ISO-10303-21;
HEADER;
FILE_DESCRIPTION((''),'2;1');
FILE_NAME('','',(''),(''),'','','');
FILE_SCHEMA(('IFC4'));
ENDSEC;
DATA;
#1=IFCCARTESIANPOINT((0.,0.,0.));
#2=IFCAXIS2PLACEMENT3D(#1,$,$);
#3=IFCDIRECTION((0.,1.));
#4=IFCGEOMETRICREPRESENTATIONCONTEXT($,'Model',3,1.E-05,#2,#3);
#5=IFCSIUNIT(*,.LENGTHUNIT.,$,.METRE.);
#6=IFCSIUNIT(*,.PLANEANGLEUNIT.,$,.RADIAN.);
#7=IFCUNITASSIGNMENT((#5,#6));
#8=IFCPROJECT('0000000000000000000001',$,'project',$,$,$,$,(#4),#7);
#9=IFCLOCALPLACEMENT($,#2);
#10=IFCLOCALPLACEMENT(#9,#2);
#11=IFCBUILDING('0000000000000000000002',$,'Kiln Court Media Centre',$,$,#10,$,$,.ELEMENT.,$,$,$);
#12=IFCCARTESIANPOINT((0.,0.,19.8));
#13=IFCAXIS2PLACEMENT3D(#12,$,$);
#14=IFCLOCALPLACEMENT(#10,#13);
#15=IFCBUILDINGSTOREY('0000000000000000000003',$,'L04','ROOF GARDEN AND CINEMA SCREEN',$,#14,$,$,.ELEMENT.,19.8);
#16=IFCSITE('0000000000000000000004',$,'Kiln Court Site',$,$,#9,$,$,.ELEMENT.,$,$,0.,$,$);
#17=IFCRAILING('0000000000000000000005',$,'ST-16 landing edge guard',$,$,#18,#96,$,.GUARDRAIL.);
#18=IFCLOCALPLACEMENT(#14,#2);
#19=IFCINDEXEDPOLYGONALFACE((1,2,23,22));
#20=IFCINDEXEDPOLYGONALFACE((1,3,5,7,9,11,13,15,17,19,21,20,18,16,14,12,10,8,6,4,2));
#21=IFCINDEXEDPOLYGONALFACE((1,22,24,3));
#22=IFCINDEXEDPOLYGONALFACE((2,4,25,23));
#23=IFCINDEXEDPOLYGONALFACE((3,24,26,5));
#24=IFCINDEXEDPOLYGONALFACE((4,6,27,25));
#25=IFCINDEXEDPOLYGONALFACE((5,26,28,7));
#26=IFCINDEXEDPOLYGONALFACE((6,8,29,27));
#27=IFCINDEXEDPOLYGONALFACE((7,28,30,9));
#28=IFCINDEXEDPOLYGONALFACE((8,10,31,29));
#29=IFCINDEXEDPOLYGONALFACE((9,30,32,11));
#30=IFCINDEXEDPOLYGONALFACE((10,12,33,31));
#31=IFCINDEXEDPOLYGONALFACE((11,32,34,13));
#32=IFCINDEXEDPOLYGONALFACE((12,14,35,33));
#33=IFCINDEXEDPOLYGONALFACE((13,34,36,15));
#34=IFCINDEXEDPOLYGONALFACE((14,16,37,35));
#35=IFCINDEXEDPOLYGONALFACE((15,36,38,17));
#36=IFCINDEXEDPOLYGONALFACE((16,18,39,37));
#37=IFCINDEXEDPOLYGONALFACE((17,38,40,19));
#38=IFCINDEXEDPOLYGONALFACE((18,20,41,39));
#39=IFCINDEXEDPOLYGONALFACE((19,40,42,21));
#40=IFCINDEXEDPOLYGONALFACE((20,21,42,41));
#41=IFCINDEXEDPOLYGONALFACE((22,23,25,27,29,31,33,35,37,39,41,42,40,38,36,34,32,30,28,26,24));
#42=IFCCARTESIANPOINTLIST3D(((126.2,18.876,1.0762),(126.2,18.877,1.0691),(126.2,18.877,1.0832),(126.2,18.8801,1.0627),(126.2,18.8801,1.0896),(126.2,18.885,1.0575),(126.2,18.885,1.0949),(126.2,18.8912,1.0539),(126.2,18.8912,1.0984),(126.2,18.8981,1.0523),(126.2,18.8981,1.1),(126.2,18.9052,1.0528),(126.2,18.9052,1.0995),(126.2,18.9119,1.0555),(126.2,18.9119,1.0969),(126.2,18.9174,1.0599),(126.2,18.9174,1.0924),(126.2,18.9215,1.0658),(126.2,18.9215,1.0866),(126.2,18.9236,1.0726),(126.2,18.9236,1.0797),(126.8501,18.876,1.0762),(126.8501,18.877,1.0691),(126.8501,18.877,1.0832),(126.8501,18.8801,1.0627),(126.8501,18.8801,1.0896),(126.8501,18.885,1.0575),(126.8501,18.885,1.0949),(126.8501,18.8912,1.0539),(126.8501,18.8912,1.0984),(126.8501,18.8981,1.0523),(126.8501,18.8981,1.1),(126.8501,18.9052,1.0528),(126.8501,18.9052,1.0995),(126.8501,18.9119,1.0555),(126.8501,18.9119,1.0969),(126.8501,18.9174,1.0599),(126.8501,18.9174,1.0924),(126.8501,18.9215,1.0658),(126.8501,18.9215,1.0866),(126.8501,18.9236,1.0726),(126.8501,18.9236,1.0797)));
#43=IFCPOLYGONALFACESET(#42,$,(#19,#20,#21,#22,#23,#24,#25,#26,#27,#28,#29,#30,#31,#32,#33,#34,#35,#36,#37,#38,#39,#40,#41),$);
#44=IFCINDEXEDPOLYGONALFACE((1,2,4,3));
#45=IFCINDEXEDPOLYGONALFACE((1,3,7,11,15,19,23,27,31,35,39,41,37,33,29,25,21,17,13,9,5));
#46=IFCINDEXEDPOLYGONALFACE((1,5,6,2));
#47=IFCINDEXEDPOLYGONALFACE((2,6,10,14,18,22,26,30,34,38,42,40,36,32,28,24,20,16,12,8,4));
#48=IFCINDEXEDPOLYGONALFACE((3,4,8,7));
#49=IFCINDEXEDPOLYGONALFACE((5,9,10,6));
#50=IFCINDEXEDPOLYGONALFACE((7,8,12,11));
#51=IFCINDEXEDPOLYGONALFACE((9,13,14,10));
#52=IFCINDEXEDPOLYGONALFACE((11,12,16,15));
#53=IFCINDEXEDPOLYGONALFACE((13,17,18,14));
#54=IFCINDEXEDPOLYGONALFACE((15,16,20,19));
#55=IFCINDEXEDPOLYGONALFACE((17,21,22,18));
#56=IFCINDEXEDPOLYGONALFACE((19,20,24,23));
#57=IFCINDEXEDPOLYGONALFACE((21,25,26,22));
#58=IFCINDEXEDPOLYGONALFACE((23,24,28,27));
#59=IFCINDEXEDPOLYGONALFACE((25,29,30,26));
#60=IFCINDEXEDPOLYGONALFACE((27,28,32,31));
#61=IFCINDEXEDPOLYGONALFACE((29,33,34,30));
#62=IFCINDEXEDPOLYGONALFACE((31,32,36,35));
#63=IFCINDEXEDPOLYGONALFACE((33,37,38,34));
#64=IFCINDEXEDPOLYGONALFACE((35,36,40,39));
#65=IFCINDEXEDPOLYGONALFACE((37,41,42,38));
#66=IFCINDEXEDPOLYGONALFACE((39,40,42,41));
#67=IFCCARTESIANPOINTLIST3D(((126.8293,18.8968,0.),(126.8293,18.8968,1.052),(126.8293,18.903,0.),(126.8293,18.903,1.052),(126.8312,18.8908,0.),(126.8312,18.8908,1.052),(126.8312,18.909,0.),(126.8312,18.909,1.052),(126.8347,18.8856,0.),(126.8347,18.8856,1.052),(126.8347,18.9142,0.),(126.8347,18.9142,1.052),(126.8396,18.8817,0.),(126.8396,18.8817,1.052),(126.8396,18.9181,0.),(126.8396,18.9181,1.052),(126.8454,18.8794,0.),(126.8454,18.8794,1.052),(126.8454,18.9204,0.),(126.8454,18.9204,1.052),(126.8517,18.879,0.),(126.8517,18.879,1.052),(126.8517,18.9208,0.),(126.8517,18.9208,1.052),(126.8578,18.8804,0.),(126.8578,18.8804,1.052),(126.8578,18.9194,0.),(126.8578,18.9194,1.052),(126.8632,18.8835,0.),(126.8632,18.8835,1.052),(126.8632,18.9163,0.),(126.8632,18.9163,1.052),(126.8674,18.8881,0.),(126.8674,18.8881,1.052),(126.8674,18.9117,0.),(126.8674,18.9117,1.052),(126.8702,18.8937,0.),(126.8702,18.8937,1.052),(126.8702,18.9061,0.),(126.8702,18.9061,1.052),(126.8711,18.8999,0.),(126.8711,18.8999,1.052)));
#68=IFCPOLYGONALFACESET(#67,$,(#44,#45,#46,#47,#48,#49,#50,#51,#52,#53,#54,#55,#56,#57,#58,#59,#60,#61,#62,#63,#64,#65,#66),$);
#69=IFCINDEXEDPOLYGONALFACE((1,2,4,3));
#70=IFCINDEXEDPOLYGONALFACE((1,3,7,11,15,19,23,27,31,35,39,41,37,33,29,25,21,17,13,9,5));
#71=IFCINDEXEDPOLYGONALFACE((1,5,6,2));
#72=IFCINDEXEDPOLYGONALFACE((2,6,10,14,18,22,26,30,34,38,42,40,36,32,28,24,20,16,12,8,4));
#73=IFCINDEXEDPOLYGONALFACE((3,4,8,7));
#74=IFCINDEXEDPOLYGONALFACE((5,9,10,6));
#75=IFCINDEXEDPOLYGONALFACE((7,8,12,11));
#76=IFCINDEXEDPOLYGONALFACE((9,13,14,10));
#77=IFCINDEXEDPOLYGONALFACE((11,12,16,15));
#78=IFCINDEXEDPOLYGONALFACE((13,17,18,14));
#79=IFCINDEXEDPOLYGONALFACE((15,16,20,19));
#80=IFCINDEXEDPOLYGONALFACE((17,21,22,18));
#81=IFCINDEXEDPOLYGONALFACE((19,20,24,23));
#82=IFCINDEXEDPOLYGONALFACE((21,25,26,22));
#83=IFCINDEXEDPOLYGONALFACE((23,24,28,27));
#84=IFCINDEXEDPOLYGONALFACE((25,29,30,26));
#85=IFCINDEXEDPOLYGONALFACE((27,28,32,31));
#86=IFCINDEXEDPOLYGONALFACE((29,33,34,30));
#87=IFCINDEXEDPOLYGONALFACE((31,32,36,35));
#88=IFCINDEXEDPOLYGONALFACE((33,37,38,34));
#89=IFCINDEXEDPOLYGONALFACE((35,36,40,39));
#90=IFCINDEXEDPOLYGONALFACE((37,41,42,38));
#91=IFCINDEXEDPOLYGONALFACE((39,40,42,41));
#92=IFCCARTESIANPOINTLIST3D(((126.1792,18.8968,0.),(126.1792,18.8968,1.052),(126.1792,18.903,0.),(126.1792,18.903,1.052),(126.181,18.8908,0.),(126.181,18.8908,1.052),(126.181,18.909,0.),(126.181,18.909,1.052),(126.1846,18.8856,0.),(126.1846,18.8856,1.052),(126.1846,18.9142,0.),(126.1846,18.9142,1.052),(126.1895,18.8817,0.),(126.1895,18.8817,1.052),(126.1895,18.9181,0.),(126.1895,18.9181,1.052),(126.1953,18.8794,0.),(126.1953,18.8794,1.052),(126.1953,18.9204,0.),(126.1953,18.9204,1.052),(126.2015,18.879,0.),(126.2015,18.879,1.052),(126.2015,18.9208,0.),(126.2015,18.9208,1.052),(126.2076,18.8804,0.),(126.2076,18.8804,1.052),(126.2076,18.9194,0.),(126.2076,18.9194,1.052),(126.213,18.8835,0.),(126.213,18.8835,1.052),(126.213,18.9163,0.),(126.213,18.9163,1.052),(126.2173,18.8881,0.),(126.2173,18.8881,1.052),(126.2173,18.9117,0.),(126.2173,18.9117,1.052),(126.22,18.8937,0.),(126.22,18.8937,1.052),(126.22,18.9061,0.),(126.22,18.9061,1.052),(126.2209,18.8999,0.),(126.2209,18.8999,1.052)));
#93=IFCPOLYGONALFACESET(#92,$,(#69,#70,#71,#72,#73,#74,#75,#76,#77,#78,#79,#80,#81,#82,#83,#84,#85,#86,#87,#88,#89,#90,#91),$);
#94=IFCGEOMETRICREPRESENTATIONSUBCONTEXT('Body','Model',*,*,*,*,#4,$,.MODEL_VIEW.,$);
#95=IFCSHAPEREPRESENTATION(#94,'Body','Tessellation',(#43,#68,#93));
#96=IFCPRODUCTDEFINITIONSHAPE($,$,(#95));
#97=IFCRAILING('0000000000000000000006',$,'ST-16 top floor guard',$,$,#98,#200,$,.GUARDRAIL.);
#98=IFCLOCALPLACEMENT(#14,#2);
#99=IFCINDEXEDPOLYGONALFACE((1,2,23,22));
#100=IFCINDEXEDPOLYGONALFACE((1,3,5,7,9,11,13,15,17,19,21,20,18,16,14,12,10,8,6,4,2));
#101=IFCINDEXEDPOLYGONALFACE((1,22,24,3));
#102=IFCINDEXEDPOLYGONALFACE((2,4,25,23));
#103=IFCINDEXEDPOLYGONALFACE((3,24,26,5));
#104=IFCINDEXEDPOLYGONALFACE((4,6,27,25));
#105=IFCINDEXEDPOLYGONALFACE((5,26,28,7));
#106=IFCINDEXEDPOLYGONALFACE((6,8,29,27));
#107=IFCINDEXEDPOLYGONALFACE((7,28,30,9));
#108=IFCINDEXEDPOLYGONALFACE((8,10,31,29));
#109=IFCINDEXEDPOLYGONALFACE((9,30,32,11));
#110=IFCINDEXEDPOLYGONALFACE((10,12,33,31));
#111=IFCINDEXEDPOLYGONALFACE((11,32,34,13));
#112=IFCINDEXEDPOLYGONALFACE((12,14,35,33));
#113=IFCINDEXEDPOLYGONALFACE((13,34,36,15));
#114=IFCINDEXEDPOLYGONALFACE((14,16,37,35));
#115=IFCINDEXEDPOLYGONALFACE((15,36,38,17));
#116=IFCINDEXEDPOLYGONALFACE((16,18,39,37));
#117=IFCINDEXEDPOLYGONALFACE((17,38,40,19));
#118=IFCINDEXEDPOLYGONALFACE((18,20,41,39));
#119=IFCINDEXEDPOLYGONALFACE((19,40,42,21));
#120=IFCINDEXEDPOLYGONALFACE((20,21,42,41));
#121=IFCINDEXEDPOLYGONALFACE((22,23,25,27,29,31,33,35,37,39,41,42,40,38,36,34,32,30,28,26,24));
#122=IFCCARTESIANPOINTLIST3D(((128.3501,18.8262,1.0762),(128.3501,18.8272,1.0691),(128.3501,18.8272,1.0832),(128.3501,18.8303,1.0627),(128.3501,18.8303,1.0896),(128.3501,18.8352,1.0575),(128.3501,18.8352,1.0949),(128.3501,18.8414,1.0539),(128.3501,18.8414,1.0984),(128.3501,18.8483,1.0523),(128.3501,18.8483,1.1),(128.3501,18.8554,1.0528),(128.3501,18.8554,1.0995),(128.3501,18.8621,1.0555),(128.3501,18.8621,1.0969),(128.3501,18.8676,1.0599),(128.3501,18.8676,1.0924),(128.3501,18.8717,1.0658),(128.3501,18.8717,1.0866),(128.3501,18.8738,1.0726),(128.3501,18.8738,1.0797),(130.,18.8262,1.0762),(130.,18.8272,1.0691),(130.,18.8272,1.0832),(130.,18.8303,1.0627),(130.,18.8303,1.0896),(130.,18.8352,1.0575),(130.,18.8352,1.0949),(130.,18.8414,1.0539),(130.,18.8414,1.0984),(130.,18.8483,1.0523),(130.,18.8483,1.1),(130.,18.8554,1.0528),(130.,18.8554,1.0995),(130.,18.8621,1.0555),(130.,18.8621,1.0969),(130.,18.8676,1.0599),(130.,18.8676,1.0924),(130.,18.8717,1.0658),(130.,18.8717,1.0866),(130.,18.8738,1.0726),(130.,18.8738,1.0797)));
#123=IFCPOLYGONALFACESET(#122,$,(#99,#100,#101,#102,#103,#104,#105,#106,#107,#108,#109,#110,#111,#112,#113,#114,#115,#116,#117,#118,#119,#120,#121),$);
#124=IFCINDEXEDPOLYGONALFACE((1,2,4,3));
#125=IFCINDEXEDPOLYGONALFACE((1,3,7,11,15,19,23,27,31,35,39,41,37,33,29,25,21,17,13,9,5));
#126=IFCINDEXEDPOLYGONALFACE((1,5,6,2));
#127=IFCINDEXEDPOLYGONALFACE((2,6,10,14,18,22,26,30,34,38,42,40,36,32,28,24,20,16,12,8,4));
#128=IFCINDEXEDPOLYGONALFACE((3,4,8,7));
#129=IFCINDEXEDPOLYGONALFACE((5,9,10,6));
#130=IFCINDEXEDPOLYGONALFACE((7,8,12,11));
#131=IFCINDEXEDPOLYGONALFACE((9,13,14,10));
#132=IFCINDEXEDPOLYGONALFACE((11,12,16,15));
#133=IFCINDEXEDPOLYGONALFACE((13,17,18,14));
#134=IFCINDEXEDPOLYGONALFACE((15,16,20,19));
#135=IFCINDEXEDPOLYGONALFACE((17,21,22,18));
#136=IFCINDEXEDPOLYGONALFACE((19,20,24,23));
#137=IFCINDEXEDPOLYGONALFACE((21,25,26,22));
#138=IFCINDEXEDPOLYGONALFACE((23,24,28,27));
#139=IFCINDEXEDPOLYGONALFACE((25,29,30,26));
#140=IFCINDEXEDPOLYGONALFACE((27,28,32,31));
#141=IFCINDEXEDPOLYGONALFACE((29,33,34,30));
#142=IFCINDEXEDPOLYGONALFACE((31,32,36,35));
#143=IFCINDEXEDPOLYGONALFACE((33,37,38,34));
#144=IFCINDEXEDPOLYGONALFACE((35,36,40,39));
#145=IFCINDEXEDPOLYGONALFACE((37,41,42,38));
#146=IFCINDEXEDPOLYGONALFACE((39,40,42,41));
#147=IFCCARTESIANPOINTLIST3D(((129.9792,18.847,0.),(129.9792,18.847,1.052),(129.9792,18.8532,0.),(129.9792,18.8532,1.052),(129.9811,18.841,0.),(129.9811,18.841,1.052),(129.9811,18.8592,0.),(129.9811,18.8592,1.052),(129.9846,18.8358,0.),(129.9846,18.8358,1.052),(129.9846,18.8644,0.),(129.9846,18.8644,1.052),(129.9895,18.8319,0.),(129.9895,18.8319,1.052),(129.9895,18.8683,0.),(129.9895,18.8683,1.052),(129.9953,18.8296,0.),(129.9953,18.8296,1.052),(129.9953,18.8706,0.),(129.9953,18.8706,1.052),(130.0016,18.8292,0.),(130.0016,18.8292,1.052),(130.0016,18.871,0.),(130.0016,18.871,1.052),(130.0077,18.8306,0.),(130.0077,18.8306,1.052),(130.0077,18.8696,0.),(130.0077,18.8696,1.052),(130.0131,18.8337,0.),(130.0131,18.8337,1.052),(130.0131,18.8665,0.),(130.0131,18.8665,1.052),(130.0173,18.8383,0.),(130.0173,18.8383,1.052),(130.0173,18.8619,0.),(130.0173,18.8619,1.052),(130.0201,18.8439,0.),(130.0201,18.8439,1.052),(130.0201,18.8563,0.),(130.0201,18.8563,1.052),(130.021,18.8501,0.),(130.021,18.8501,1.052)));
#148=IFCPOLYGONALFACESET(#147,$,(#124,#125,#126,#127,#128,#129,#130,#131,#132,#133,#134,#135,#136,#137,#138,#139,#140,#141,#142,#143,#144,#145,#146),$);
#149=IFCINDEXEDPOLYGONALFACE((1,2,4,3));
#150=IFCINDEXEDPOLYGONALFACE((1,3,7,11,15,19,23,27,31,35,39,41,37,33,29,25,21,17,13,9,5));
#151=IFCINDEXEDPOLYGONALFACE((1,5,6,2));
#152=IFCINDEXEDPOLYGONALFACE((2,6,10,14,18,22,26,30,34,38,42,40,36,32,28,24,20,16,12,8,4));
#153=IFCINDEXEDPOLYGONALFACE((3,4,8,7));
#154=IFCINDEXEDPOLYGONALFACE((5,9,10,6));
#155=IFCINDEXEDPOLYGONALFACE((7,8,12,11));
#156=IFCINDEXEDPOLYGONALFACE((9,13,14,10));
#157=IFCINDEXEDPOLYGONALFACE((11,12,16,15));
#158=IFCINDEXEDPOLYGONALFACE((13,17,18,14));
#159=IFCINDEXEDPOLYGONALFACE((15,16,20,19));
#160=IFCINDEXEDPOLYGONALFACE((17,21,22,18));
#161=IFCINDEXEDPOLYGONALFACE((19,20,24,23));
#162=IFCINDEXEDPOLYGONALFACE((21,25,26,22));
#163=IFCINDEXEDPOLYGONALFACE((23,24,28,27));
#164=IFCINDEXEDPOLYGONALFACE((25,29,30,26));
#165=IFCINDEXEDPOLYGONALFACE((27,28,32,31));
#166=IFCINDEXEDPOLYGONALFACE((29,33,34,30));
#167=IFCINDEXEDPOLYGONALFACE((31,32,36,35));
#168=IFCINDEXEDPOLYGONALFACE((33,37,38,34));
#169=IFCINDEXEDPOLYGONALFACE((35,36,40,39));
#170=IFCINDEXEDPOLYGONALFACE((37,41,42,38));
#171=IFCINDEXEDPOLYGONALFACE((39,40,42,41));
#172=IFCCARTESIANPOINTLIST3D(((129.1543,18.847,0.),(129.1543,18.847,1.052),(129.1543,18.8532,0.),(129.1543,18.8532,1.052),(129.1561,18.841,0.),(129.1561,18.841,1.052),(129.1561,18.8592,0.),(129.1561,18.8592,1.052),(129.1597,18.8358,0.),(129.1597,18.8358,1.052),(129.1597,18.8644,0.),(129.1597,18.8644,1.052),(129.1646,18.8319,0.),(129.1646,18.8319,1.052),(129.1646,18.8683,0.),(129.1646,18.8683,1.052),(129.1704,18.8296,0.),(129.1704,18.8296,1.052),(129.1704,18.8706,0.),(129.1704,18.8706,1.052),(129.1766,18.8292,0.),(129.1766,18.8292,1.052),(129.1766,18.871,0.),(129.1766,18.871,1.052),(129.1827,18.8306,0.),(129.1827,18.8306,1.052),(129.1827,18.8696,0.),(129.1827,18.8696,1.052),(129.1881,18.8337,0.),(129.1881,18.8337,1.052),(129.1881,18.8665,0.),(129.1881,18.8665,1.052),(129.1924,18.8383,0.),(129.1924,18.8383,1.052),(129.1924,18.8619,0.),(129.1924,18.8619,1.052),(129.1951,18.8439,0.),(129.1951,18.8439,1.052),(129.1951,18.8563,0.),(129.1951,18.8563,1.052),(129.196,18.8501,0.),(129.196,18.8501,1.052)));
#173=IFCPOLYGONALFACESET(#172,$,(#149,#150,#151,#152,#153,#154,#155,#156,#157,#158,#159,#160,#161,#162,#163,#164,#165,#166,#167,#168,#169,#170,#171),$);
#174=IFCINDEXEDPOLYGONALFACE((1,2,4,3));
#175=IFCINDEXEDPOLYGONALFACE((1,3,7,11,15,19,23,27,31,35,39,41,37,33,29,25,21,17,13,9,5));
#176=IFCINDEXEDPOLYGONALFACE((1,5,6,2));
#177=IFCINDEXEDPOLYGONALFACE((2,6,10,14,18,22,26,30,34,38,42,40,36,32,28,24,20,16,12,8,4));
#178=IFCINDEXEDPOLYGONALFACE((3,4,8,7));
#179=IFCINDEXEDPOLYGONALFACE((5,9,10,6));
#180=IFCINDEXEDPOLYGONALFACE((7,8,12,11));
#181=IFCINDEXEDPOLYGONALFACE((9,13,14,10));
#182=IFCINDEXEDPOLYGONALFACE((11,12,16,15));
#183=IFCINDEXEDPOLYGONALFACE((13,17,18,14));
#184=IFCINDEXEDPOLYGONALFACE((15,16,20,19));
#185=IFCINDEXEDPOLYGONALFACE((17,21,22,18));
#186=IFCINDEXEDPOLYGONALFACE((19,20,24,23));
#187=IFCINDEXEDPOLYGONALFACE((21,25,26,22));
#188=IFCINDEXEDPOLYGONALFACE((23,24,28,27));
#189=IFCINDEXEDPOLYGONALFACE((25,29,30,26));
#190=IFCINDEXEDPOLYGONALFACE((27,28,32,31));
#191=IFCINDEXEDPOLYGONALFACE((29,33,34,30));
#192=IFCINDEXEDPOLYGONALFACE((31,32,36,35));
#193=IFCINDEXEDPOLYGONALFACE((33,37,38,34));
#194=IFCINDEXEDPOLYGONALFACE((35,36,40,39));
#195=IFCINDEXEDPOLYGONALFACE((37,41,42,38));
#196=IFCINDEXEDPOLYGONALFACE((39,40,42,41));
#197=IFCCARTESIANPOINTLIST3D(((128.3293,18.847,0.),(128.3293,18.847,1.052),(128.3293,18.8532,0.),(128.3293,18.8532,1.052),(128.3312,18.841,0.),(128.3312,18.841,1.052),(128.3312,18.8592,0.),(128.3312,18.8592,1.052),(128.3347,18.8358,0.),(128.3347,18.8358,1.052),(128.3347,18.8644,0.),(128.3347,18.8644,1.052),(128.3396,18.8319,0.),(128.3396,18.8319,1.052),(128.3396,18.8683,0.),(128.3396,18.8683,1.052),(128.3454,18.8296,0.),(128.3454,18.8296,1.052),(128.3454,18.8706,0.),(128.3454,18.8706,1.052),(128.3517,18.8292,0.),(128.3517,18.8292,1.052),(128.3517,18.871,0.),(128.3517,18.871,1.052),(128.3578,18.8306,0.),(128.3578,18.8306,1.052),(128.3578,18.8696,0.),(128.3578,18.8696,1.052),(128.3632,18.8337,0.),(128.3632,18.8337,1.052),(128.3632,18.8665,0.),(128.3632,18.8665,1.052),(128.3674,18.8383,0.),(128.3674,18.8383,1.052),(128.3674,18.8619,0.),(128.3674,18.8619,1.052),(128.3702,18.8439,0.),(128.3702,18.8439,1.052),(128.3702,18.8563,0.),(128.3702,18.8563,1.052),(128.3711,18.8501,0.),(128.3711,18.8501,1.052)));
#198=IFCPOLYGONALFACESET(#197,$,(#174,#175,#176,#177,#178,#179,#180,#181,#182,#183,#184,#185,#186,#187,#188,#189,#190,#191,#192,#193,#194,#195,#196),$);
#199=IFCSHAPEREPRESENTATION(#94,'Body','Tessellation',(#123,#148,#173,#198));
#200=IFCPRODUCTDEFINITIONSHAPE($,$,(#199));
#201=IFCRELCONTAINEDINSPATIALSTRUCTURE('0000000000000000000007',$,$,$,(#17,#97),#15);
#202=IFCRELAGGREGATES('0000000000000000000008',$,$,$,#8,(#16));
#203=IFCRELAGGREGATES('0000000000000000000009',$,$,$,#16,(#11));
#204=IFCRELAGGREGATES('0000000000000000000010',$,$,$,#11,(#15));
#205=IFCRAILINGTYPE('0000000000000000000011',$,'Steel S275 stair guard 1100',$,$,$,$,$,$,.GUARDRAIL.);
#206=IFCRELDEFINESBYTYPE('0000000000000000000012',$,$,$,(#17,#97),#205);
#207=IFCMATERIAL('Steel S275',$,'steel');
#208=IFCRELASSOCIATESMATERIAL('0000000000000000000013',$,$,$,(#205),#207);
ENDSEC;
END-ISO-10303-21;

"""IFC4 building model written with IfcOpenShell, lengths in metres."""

from ifc_helpers import new_model, si_unit, direction, frame, origin, origin_2d, place, context, subcontext, project, spatial, circle, extrude, material, type_object, element, save


model = new_model("IFC4")

# Units and contexts
model_context = context("Model", 3, precision=1e-05, world=origin(), true_north=direction((0.0, 1.0)))
body_context = subcontext(model_context, "Body", "Model", "MODEL_VIEW")
ifc_project = project(units=[si_unit("LENGTHUNIT", "METRE"), si_unit("PLANEANGLEUNIT", "RADIAN")], contexts=[model_context])

# Site, building, storey
site_placement = place(None, origin())
site = spatial("IfcSite", under=ifc_project, at=site_placement, Name="Kiln Court Site", CompositionType="ELEMENT", RefElevation=0.0)
building_placement = place(site_placement, origin())
building = spatial("IfcBuilding", under=site, at=building_placement, Name="Kiln Court Media Centre", CompositionType="ELEMENT")
storey_placement = place(building_placement, frame((0.0, 0.0, 19.8)))
storey = spatial("IfcBuildingStorey", under=building, at=storey_placement, Name="L04", Description="ROOF GARDEN AND CINEMA SCREEN", CompositionType="ELEMENT", Elevation=19.8)

# Railings
ifc_material_1 = material(Name="Steel S275", Category="steel")
railing_type_1 = type_object("IfcRailingType", Name="Steel S275 stair guard 1100", PredefinedType="GUARDRAIL", material=ifc_material_1)
railing_1_placement = place(storey_placement, frame((126.8501, 18.8999, 0.0)))
element("IfcRailing", 1, at=railing_1_placement, inside=storey, type_object=railing_type_1, Name="ST-16 landing edge guard", PredefinedType="GUARDRAIL", context=body_context, shape_type="SweptSolid", body=[
    extrude(circle(Radius=0.0239, at=origin_2d()), frame((0.0, 0.0, 1.0762), z_axis=(-1.0, 0.0, 0.0), x_axis=(0.0, -1.0, 0.0)), (0.0, 0.0, 1.0), 0.6501),
    extrude(circle(Radius=0.021, at=origin_2d()), origin(), (0.0, 0.0, 1.0), 1.052),
    extrude(circle(Radius=0.021, at=origin_2d()), frame((-0.6501, 0.0, 0.0)), (0.0, 0.0, 1.0), 1.052),
])
railing_2_placement = place(storey_placement, frame((130.0, 18.8501, 0.0)))
element("IfcRailing", 2, at=railing_2_placement, inside=storey, type_object=railing_type_1, Name="ST-16 top floor guard", PredefinedType="GUARDRAIL", context=body_context, shape_type="SweptSolid", body=[
    extrude(circle(Radius=0.0239, at=origin_2d()), frame((0.0, 0.0, 1.0762), z_axis=(-1.0, 0.0, 0.0), x_axis=(0.0, -1.0, 0.0)), (0.0, 0.0, 1.0), 1.6499),
    extrude(circle(Radius=0.021, at=origin_2d()), origin(), (0.0, 0.0, 1.0), 1.052),
    extrude(circle(Radius=0.021, at=origin_2d()), frame((-0.825, 0.0, 0.0)), (0.0, 0.0, 1.0), 1.052),
    extrude(circle(Radius=0.021, at=origin_2d()), frame((-1.6499, 0.0, 0.0)), (0.0, 0.0, 1.0), 1.052),
])

save(model, "model.ifc")
